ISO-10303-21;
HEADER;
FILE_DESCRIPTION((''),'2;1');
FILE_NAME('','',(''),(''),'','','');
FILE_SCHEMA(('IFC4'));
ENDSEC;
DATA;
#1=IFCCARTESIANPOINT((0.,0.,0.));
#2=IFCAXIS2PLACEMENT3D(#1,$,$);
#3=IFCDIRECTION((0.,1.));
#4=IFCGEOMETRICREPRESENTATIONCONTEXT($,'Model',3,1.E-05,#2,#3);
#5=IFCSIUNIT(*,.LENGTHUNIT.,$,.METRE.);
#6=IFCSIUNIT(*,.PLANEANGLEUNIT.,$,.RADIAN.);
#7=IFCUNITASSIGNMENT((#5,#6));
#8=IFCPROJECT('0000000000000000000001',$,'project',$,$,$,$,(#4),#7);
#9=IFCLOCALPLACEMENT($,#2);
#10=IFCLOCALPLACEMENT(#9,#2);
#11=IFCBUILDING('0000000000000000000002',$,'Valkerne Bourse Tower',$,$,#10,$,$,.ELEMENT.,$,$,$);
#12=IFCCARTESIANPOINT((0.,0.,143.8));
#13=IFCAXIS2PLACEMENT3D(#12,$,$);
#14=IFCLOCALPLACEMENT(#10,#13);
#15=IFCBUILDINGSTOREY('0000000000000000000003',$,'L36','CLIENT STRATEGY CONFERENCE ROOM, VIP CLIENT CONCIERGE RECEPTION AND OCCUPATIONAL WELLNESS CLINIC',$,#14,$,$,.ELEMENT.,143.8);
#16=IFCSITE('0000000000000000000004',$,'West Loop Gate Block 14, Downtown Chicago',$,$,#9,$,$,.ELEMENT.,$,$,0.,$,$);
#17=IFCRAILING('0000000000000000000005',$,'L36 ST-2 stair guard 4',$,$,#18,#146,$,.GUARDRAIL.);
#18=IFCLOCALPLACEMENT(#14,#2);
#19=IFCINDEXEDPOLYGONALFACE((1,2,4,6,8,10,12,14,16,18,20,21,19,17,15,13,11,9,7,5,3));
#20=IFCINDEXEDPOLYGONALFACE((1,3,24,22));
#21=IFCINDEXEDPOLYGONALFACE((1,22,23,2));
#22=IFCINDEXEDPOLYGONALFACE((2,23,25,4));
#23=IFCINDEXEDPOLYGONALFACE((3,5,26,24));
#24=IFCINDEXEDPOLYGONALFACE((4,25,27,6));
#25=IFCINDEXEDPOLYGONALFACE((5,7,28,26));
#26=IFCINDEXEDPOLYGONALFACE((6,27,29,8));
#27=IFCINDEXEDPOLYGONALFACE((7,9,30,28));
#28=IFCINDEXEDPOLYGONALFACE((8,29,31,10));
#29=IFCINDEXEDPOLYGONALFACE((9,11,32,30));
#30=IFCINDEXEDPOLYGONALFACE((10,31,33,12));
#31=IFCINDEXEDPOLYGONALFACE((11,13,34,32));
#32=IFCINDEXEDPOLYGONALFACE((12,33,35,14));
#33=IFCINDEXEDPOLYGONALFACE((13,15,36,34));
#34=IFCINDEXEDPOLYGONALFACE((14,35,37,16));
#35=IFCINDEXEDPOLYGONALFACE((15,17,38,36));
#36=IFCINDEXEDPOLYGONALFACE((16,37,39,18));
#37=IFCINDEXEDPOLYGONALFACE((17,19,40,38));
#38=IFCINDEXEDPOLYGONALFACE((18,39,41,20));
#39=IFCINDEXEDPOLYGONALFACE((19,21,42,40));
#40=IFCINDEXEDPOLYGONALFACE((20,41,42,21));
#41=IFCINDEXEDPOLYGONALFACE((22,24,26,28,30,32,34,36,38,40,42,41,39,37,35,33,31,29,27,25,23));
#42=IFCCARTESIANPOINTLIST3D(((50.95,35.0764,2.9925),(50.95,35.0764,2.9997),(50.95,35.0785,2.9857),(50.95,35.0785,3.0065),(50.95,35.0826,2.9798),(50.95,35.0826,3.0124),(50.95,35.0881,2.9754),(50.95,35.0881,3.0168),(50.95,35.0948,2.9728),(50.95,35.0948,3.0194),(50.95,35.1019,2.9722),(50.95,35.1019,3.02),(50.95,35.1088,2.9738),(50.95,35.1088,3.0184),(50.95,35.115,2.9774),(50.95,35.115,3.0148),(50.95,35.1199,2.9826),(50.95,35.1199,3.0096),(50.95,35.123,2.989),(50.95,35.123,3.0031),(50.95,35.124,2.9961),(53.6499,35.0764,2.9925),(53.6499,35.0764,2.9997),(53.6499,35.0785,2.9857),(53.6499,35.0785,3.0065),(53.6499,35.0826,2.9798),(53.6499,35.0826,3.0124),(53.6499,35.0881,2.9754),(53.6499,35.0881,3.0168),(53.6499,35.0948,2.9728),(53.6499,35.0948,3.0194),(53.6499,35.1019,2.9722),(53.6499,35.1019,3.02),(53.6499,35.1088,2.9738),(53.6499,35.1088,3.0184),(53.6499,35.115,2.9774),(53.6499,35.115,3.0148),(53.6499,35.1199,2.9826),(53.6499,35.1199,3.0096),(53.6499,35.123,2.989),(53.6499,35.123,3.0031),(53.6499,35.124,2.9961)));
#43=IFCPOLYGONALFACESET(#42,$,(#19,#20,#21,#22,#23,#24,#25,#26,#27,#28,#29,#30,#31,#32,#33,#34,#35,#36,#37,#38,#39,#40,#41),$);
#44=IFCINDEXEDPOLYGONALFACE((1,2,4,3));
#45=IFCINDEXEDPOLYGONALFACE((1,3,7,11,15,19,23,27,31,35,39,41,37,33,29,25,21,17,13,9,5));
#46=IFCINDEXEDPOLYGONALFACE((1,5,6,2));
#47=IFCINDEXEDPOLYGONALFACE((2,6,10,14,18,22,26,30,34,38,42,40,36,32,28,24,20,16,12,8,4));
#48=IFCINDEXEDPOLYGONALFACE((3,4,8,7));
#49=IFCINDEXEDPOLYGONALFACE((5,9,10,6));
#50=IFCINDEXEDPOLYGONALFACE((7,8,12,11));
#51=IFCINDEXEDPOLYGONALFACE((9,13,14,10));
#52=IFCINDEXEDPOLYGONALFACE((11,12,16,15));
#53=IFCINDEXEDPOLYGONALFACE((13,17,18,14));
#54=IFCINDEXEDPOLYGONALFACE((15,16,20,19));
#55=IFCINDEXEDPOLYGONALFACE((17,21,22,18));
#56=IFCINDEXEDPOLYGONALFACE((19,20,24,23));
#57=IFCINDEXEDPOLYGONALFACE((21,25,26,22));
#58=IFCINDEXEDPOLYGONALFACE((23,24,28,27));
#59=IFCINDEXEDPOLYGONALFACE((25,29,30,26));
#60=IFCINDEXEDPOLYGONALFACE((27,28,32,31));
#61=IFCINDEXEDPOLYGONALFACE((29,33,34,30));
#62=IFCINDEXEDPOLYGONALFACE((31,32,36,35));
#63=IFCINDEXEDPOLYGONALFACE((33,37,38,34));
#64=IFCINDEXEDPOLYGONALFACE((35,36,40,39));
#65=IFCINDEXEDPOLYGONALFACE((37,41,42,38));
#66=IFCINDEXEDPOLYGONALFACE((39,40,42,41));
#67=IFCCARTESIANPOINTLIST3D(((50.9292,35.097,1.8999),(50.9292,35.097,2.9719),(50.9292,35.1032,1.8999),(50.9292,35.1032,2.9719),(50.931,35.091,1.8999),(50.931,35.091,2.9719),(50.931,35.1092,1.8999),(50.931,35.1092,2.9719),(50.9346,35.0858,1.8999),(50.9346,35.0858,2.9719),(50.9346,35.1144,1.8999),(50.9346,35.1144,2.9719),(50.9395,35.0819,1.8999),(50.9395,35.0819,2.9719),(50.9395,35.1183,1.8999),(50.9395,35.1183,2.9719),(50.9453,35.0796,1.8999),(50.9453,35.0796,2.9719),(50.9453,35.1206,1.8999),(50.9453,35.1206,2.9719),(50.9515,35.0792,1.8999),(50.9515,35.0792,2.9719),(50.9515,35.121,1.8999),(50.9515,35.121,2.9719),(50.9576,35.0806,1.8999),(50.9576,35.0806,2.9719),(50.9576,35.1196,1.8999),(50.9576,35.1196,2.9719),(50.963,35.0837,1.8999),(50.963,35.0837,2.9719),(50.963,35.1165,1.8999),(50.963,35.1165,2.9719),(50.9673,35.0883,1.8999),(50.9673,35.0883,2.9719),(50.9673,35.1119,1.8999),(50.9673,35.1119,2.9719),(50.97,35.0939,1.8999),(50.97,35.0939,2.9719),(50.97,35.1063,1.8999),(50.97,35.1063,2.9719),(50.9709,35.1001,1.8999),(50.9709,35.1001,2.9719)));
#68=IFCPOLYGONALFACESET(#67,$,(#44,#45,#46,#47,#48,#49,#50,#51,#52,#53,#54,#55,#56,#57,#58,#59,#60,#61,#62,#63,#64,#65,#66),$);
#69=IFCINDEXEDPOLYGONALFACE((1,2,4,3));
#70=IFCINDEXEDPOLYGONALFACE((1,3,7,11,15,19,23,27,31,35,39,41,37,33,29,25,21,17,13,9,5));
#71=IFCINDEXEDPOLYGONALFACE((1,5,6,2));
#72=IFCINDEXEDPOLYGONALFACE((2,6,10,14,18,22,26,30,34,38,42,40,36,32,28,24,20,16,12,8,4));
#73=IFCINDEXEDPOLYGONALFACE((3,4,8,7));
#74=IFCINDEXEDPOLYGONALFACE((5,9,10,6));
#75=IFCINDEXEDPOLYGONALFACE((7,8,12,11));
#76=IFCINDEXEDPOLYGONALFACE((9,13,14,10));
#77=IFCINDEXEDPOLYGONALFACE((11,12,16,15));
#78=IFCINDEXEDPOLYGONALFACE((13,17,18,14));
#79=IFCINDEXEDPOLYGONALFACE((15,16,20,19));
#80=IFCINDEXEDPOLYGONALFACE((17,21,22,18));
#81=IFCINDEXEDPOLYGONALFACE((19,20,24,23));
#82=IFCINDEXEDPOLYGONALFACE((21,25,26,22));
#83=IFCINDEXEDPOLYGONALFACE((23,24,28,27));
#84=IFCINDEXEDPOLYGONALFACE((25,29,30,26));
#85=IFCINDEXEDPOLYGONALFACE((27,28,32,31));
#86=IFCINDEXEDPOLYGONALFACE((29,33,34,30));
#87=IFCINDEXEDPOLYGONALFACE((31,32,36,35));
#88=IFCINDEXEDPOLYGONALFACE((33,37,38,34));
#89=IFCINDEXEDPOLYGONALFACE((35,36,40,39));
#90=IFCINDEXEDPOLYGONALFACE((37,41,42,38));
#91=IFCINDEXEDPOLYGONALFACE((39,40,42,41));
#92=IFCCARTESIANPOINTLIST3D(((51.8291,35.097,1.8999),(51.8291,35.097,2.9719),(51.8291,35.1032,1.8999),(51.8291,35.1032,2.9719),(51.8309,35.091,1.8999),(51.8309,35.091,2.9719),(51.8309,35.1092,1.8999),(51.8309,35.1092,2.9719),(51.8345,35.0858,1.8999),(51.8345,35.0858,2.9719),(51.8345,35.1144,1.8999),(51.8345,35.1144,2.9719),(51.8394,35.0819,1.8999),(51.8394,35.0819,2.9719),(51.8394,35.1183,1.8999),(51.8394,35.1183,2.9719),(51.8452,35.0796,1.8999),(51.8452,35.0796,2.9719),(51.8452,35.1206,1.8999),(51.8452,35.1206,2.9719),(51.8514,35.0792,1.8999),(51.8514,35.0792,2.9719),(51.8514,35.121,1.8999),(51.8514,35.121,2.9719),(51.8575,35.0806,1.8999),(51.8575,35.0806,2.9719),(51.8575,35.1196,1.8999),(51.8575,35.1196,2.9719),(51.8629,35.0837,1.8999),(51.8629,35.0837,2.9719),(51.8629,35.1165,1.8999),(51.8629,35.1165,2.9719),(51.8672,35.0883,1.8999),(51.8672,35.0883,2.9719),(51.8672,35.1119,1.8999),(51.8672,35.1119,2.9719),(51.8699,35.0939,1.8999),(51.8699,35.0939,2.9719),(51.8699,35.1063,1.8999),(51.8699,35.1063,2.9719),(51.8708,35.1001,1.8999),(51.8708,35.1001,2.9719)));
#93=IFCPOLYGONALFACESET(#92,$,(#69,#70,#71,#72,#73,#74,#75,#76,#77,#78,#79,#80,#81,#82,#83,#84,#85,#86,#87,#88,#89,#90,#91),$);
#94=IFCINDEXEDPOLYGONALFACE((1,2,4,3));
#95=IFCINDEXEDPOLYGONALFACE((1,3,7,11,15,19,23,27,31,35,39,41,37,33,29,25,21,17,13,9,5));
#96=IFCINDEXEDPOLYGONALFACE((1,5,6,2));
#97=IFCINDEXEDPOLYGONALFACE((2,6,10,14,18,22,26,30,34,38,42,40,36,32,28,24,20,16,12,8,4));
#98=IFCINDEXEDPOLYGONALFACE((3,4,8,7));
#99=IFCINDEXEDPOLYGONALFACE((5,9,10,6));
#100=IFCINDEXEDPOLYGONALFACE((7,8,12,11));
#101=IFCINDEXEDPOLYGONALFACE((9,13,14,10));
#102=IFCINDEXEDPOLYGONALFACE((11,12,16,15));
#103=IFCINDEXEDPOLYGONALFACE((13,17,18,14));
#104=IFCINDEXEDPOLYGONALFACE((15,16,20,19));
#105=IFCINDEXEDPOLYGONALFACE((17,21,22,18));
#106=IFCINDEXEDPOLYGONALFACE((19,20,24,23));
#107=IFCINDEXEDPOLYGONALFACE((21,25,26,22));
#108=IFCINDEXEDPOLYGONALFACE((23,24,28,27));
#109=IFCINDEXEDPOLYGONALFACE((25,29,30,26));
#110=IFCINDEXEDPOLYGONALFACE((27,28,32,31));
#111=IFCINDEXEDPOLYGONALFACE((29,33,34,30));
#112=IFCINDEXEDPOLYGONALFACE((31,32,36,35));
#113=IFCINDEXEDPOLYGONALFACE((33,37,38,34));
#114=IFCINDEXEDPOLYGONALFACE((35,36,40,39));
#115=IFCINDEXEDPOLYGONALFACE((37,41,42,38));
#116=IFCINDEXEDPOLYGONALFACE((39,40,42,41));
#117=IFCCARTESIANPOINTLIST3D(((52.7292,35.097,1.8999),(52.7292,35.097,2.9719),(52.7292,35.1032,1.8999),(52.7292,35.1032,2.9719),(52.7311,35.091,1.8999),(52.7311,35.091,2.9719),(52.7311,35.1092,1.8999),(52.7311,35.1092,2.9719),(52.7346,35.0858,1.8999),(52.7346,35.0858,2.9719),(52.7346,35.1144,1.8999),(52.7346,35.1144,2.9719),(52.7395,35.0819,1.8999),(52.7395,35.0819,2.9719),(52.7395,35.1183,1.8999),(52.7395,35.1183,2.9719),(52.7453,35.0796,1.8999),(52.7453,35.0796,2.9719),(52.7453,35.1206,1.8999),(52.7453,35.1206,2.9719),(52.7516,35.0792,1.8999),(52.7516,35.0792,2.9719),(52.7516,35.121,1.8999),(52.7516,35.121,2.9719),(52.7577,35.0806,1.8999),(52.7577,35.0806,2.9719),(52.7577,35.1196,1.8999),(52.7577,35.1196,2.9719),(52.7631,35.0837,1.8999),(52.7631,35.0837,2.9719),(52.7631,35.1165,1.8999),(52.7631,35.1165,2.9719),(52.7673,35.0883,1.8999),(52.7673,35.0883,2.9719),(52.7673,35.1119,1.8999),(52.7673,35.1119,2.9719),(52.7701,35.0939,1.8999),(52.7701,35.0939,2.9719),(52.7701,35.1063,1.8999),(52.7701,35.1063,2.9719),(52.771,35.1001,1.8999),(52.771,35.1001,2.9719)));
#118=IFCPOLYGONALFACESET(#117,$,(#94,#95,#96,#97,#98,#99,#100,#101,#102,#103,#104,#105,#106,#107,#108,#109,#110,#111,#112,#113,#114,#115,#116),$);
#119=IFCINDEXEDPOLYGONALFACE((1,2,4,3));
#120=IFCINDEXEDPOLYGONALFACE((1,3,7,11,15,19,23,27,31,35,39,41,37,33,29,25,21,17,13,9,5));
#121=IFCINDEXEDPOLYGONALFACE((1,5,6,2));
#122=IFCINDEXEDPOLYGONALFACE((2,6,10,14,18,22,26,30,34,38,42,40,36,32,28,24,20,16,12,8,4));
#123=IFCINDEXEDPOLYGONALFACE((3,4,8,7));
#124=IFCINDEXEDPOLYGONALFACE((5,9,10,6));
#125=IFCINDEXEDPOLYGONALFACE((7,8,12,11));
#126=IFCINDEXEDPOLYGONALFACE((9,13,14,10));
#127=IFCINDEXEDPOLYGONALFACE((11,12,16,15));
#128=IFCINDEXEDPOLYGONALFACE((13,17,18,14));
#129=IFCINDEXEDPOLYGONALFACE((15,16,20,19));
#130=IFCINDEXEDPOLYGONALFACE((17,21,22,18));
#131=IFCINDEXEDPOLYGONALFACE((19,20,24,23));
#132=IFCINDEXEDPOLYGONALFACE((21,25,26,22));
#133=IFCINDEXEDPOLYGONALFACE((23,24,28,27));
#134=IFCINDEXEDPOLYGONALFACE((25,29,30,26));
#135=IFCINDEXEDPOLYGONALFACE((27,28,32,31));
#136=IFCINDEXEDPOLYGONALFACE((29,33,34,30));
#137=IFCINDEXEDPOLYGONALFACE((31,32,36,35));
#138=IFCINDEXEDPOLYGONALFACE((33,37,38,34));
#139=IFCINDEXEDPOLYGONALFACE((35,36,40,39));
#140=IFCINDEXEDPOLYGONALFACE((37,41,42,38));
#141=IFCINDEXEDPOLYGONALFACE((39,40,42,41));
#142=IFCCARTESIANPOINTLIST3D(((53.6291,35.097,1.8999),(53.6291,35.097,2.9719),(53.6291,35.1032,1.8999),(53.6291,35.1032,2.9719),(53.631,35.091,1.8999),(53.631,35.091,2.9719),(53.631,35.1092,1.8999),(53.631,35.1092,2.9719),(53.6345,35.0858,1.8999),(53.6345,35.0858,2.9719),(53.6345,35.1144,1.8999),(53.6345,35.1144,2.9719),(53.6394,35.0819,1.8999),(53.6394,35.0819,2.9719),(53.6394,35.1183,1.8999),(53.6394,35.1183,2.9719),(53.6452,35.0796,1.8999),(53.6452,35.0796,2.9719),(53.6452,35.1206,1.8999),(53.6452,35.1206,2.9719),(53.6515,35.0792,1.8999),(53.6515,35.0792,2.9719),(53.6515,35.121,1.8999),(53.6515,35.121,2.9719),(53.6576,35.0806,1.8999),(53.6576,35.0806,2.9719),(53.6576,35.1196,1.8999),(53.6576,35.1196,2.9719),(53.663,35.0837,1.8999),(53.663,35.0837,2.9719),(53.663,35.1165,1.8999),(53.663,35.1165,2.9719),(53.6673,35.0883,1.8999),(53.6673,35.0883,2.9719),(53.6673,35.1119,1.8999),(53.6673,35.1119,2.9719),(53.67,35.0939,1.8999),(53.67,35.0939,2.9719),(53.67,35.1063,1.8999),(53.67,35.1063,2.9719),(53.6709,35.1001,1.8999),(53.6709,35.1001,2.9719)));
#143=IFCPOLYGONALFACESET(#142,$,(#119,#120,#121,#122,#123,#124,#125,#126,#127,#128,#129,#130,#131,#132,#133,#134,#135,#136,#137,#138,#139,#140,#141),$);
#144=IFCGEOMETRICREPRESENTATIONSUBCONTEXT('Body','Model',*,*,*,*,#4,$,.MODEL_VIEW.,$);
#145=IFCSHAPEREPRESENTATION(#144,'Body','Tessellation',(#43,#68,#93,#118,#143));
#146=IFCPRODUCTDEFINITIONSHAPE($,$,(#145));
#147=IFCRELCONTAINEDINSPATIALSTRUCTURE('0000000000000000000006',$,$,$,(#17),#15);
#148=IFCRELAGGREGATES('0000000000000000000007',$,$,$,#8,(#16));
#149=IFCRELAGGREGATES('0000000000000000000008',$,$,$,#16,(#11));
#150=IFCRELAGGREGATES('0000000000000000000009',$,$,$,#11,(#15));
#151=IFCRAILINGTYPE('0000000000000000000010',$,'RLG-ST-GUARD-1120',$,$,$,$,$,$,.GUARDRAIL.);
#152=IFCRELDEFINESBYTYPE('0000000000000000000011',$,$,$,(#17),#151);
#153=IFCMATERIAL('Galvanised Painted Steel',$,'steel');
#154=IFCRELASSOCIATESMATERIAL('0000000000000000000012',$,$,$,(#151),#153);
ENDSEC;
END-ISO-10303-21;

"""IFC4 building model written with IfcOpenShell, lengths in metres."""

from ifc_helpers import new_model, si_unit, direction, frame, origin, origin_2d, place, context, subcontext, project, spatial, circle, extrude, material, type_object, element, save


model = new_model("IFC4")

# Units and contexts
model_context = context("Model", 3, precision=1e-05, world=origin(), true_north=direction((0.0, 1.0)))
body_context = subcontext(model_context, "Body", "Model", "MODEL_VIEW")
ifc_project = project(units=[si_unit("LENGTHUNIT", "METRE"), si_unit("PLANEANGLEUNIT", "RADIAN")], contexts=[model_context])

# Site, building, storey
site_placement = place(None, origin())
site = spatial("IfcSite", under=ifc_project, at=site_placement, Name="West Loop Gate Block 14, Downtown Chicago", CompositionType="ELEMENT", RefElevation=0.0)
building_placement = place(site_placement, origin())
building = spatial("IfcBuilding", under=site, at=building_placement, Name="Valkerne Bourse Tower", CompositionType="ELEMENT")
storey_placement = place(building_placement, frame((0.0, 0.0, 143.8)))
storey = spatial("IfcBuildingStorey", under=building, at=storey_placement, Name="L36", Description="CLIENT STRATEGY CONFERENCE ROOM, VIP CLIENT CONCIERGE RECEPTION AND OCCUPATIONAL WELLNESS CLINIC", CompositionType="ELEMENT", Elevation=143.8)

# Shared definitions
ifc_material_1 = material(Name="Galvanised Painted Steel", Category="steel")

# Railing
railing_type_1 = type_object("IfcRailingType", Name="RLG-ST-GUARD-1120", PredefinedType="GUARDRAIL", material=ifc_material_1)
for number, where, name in (
    (1, (50.95, 35.1001, 1.8999), "L36 ST-2 stair guard 4"),
):
    element("IfcRailing", number, at=place(storey_placement, frame(where)), inside=storey, type_object=railing_type_1, Name=name, PredefinedType="GUARDRAIL", context=body_context, shape_type="SweptSolid", body=[
        extrude(circle(Radius=0.0239, at=origin_2d()), frame((0.0, 0.0, 1.0962), z_axis=(1.0, 0.0, 0.0), x_axis=(0.0, 1.0, 0.0)), (0.0, 0.0, 1.0), 2.7),
        extrude(circle(Radius=0.021, at=origin_2d()), origin(), (0.0, 0.0, 1.0), 1.072),
        extrude(circle(Radius=0.021, at=origin_2d()), frame((0.8999, 0.0, 0.0)), (0.0, 0.0, 1.0), 1.072),
        extrude(circle(Radius=0.021, at=origin_2d()), frame((1.8, 0.0, 0.0)), (0.0, 0.0, 1.0), 1.072),
        extrude(circle(Radius=0.021, at=origin_2d()), frame((2.7, 0.0, 0.0)), (0.0, 0.0, 1.0), 1.072),
    ])

save(model, "model.ifc")
